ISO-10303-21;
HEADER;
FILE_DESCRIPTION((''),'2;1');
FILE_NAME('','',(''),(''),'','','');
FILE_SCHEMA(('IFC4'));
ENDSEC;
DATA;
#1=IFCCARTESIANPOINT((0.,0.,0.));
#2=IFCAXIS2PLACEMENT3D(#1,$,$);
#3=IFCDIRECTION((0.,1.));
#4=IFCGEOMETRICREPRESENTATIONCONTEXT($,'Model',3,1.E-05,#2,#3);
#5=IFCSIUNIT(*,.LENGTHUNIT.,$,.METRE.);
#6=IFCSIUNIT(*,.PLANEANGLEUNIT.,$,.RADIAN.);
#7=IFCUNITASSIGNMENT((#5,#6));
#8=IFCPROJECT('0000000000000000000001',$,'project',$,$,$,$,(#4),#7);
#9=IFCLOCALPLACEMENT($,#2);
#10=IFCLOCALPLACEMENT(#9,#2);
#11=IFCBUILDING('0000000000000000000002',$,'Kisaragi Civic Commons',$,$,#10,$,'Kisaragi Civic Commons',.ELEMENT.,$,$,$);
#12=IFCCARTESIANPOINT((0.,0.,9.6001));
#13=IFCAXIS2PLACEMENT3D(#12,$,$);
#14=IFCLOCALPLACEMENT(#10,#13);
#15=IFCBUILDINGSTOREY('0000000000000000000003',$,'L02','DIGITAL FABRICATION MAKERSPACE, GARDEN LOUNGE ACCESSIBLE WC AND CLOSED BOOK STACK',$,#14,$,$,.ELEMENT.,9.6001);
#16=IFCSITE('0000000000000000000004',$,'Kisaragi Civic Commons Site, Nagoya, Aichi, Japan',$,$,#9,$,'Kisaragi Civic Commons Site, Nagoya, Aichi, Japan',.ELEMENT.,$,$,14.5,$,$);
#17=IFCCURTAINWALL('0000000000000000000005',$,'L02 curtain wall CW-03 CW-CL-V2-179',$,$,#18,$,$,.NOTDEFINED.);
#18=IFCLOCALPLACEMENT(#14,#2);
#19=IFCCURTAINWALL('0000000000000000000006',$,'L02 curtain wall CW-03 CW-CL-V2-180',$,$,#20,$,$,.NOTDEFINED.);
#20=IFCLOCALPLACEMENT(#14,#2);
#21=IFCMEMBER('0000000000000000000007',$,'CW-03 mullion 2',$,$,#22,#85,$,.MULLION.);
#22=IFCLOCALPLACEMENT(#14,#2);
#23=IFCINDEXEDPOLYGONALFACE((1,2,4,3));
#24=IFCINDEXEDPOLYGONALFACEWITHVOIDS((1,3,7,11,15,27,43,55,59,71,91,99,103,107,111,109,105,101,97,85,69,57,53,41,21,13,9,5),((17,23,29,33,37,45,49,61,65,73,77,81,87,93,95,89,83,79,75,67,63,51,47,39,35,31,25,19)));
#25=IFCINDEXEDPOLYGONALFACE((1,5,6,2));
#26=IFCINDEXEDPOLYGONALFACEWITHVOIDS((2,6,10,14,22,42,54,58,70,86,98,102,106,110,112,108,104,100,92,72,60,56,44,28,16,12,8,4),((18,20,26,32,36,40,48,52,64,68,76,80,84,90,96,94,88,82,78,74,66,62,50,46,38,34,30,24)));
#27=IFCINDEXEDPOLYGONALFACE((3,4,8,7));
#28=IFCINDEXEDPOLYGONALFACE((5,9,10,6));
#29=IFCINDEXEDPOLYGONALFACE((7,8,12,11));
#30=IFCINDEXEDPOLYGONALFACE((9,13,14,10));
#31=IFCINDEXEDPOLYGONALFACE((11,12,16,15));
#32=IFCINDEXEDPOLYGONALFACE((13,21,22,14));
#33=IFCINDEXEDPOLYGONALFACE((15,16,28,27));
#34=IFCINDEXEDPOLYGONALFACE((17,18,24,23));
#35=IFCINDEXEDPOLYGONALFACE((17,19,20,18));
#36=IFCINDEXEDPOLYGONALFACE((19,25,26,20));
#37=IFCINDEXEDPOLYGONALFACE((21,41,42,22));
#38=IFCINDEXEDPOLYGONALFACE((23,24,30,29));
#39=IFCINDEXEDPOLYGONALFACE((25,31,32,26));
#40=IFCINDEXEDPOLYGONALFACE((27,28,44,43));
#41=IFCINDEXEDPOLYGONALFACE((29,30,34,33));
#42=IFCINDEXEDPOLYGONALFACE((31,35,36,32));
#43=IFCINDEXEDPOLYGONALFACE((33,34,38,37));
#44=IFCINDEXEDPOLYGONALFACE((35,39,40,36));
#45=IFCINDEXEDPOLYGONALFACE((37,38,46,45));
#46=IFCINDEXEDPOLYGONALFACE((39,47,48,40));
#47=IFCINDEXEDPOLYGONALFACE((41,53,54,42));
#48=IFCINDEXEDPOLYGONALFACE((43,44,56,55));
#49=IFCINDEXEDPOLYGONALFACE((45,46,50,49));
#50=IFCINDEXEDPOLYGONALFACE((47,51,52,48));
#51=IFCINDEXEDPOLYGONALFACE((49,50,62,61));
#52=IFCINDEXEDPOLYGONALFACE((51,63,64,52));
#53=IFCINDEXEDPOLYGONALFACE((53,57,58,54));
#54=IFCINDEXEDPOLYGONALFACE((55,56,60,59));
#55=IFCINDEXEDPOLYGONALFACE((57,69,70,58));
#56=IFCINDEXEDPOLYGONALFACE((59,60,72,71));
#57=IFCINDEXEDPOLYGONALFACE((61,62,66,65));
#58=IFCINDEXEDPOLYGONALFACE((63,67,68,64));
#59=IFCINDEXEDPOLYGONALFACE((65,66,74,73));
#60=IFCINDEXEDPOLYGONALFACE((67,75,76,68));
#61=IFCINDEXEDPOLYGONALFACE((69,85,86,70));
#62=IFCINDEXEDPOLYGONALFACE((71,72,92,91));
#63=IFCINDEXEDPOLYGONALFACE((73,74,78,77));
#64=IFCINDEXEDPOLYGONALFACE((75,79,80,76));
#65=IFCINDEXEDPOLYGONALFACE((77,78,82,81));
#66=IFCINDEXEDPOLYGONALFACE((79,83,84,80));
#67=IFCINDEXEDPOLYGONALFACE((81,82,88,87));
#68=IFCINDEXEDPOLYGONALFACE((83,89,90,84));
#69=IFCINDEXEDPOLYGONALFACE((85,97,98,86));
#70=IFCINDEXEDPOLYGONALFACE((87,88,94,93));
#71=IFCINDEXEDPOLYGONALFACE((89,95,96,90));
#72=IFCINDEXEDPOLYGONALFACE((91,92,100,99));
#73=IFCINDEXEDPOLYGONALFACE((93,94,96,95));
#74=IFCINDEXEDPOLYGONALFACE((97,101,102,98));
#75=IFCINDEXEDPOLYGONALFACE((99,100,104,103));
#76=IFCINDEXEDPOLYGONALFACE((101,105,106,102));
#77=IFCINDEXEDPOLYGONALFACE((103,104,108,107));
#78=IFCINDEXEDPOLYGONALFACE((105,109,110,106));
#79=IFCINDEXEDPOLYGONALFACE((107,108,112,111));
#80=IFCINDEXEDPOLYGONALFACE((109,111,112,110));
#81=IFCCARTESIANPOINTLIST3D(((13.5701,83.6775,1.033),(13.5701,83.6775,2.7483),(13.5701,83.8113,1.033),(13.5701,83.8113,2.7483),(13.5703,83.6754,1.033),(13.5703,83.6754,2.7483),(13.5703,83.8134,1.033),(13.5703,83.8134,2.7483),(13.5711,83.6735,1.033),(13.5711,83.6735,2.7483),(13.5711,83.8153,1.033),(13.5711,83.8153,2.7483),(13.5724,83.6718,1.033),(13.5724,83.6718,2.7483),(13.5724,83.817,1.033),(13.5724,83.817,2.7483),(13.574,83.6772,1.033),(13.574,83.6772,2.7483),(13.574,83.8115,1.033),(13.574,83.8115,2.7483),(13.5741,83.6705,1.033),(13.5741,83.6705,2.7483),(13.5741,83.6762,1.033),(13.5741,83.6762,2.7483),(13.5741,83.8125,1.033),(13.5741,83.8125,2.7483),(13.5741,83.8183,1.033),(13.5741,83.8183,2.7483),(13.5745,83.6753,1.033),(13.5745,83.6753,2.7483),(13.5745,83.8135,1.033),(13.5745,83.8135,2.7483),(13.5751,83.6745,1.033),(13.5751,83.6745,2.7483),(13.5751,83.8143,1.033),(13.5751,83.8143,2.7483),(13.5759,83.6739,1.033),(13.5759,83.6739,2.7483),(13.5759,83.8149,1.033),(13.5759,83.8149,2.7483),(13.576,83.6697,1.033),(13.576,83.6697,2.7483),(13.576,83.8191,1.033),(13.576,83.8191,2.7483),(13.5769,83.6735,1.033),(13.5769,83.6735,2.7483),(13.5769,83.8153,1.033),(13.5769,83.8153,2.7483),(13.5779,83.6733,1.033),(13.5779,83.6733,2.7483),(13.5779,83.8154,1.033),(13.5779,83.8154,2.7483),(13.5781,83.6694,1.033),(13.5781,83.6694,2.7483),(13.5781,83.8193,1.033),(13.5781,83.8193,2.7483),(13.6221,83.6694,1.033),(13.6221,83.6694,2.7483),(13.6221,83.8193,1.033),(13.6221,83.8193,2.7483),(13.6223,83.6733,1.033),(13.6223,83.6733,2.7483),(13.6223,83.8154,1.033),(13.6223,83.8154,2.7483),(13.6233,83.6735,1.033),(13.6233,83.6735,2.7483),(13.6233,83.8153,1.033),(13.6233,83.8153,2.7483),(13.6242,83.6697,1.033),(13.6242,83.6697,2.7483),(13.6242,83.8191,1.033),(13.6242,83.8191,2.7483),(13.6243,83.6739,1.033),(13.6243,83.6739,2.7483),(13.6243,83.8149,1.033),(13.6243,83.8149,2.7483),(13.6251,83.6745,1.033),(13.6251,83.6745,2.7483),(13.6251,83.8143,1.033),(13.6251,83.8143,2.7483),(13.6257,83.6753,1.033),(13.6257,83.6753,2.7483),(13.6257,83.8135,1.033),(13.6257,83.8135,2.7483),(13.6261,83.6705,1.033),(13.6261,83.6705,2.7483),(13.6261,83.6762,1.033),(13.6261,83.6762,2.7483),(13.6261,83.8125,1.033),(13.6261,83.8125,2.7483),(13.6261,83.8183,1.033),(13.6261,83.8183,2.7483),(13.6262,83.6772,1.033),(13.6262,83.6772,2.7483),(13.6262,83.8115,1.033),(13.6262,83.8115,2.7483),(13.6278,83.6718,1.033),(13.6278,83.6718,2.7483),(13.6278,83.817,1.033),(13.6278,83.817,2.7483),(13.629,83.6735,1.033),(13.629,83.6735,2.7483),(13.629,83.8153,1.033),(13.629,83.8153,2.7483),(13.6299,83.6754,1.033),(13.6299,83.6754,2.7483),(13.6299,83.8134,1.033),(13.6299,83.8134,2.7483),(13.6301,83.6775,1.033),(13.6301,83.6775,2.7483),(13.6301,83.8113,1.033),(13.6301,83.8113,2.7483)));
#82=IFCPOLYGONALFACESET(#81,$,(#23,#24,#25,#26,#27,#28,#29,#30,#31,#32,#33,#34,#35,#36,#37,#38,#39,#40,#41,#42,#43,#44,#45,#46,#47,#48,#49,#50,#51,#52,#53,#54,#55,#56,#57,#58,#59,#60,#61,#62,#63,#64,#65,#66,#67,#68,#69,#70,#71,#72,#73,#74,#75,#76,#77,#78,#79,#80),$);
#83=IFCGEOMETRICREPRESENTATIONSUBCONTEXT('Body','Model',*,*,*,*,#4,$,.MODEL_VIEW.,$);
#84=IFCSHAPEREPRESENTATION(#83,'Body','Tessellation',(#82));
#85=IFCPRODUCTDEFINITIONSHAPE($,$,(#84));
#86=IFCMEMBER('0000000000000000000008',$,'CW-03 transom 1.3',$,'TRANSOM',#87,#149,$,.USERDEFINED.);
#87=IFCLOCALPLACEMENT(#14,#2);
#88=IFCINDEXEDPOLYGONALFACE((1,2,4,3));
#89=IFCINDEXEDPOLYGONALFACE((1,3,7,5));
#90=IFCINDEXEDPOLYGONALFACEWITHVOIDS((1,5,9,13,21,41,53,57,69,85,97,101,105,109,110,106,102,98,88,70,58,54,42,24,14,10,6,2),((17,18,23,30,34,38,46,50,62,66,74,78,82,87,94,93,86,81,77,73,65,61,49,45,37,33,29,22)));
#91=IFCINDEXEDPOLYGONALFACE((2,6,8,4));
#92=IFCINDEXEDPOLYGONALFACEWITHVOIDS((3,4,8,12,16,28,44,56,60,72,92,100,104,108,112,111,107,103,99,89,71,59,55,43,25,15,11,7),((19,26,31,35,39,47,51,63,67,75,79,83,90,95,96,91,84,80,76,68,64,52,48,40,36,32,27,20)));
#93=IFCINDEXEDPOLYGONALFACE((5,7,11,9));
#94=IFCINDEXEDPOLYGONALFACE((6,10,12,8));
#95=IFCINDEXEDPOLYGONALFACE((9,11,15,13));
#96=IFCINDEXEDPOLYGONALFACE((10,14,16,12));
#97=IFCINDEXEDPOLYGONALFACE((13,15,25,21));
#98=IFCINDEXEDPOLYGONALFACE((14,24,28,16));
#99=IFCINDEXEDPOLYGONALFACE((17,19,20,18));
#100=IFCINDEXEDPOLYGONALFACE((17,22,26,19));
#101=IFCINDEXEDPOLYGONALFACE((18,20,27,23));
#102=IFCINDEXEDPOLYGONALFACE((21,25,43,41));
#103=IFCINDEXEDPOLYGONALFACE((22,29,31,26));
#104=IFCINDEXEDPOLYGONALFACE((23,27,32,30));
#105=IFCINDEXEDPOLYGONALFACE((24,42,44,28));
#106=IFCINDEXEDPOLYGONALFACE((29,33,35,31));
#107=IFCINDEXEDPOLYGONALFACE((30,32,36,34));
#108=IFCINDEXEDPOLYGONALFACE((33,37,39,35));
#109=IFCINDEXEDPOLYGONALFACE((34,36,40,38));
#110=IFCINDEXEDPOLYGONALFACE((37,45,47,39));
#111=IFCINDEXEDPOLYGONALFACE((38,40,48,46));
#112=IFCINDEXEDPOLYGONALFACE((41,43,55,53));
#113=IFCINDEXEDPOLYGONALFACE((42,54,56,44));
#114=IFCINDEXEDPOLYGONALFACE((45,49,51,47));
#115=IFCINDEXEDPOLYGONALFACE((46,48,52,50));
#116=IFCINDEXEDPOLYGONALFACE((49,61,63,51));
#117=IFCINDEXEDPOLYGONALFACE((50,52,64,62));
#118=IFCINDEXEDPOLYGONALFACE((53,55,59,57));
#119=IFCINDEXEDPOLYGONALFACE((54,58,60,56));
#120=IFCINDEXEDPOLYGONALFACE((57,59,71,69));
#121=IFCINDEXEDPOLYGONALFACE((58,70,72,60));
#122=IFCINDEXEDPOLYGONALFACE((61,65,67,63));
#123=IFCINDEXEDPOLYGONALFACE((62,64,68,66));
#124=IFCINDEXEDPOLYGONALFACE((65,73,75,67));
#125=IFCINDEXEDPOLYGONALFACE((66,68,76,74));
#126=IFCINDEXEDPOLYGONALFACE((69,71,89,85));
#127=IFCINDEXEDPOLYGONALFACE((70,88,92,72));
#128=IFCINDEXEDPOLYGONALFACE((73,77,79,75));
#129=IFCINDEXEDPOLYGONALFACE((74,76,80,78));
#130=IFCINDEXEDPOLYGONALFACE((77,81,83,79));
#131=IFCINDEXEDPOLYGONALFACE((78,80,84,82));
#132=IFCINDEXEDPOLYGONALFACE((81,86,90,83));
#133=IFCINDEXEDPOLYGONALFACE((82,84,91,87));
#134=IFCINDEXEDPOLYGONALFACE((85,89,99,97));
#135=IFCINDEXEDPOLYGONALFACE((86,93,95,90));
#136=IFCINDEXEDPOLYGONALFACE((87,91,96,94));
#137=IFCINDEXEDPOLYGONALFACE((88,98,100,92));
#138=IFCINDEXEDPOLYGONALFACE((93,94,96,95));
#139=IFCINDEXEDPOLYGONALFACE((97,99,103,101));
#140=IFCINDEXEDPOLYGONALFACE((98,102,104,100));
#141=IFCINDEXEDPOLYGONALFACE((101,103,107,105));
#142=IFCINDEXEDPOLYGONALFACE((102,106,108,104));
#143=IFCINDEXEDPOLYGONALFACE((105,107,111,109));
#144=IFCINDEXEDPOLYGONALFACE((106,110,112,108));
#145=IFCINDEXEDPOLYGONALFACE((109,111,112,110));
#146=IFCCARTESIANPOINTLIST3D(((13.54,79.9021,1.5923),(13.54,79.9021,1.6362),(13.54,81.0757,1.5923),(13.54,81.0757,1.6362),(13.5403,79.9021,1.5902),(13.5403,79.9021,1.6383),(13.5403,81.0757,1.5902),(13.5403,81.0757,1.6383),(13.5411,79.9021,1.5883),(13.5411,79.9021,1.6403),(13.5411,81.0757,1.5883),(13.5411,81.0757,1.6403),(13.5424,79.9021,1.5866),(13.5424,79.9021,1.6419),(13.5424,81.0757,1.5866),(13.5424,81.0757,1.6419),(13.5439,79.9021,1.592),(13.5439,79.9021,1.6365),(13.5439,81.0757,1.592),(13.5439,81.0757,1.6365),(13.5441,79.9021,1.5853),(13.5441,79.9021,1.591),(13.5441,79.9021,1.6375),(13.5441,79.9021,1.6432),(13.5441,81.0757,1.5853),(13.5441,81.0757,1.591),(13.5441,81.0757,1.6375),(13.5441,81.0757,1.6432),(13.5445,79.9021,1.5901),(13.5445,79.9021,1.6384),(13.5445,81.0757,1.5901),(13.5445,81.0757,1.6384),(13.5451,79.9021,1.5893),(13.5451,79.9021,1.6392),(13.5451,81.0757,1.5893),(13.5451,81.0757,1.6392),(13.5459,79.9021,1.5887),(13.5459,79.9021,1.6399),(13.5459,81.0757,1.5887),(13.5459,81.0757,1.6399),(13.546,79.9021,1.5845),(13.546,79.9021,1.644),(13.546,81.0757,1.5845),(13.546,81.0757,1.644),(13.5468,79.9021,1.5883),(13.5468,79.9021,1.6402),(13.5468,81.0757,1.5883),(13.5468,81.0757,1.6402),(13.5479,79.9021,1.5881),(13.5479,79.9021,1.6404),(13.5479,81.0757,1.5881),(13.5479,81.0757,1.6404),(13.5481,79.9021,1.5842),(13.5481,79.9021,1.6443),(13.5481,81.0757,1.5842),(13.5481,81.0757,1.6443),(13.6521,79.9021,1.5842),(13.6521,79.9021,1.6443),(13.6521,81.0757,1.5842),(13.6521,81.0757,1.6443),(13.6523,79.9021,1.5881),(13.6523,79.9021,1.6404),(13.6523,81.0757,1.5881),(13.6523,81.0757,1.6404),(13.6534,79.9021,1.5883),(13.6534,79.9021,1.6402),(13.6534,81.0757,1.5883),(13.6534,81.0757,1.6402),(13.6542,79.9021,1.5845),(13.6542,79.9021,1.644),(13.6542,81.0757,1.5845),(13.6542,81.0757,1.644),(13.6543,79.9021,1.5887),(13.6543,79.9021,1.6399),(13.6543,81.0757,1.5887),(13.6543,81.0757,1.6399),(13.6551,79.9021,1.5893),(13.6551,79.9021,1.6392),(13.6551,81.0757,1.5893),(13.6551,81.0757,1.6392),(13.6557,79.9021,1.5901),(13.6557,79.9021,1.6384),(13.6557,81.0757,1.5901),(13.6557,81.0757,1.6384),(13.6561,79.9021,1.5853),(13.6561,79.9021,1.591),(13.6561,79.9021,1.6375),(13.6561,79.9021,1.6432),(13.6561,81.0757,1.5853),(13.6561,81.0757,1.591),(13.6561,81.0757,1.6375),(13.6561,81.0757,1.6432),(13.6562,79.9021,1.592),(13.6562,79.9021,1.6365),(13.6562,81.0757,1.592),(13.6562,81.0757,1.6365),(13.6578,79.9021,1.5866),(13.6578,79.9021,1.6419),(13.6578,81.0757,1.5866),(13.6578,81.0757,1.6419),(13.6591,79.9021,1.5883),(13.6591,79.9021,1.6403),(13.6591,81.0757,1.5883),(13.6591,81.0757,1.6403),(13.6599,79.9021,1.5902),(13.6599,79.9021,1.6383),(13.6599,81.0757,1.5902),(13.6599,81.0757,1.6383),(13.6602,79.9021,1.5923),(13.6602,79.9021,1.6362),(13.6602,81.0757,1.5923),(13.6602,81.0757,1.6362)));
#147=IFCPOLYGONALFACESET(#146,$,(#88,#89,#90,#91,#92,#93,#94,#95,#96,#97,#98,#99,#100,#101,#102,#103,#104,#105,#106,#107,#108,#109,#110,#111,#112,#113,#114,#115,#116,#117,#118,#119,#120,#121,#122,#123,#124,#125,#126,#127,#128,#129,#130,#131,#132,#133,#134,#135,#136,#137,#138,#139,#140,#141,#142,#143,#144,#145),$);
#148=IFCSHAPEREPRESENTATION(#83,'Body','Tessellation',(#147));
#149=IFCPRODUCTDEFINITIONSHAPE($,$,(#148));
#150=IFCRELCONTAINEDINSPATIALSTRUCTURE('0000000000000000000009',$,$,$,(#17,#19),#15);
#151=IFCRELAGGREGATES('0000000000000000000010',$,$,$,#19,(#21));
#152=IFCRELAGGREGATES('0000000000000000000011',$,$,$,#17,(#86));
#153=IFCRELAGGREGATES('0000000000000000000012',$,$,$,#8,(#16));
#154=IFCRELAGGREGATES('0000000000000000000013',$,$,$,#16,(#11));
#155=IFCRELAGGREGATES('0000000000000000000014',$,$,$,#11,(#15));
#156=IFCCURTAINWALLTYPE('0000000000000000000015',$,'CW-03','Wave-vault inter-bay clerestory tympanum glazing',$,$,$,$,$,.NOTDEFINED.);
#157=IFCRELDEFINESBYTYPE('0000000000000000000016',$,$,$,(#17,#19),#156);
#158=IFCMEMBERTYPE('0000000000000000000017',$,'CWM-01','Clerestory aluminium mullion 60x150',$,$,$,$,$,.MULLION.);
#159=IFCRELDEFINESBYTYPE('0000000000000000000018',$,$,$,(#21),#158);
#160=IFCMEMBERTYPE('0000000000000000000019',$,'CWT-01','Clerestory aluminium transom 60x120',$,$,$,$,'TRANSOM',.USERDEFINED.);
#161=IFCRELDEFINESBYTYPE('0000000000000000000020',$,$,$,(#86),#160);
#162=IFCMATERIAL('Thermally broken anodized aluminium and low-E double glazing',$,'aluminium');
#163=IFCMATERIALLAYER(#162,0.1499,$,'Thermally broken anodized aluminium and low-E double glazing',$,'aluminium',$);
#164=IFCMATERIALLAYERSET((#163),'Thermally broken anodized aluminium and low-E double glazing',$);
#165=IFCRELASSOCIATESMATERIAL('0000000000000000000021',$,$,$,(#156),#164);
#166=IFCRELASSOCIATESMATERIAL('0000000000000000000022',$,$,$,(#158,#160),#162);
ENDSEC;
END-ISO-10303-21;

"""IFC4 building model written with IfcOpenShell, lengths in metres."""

from ifc_helpers import new_model, si_unit, direction, frame, origin, origin_2d, place, context, subcontext, project, spatial, hollow_rectangle, extrude, material, layer, layer_set, material_profile, profile_set, type_object, element, aggregate, save


model = new_model("IFC4")

# Units and contexts
model_context = context("Model", 3, precision=1e-05, world=origin(), true_north=direction((0.0, 1.0)))
body_context = subcontext(model_context, "Body", "Model", "MODEL_VIEW")
ifc_project = project(units=[si_unit("LENGTHUNIT", "METRE"), si_unit("PLANEANGLEUNIT", "RADIAN")], contexts=[model_context])

# Site, building, storey
site_placement = place(None, origin())
site = spatial("IfcSite", under=ifc_project, at=site_placement, Name="Kisaragi Civic Commons Site, Nagoya, Aichi, Japan", LongName="Kisaragi Civic Commons Site, Nagoya, Aichi, Japan", CompositionType="ELEMENT", RefElevation=14.5)
building_placement = place(site_placement, origin())
building = spatial("IfcBuilding", under=site, at=building_placement, Name="Kisaragi Civic Commons", LongName="Kisaragi Civic Commons", CompositionType="ELEMENT")
storey_placement = place(building_placement, frame((0.0, 0.0, 9.6001)))
storey = spatial("IfcBuildingStorey", under=building, at=storey_placement, Name="L02", Description="DIGITAL FABRICATION MAKERSPACE, GARDEN LOUNGE ACCESSIBLE WC AND CLOSED BOOK STACK", CompositionType="ELEMENT", Elevation=9.6001)

# Curtain wall
ifc_material_1 = material(Name="Thermally broken anodized aluminium and low-E double glazing", Category="aluminium")
ifc_layer_1 = layer(ifc_material_1, 0.1499, Name="Thermally broken anodized aluminium and low-E double glazing", Category="aluminium")
ifc_layer_set_1 = layer_set([ifc_layer_1], Name="Thermally broken anodized aluminium and low-E double glazing")
curtain_wall_type = type_object("IfcCurtainWallType", Name="CW-03", Description="Wave-vault inter-bay clerestory tympanum glazing", PredefinedType="NOTDEFINED", material=ifc_layer_set_1)
curtain_wall_1_placement = place(storey_placement, origin())
curtain_wall_1 = element("IfcCurtainWall", 1, at=curtain_wall_1_placement, inside=storey, type_object=curtain_wall_type, Name="L02 curtain wall CW-03 CW-CL-V2-179", PredefinedType="NOTDEFINED")
ifc_material_profile_1 = material_profile(ifc_material_1, hollow_rectangle(XDim=0.0601, YDim=0.1499, WallThickness=0.0039, InnerFilletRadius=0.0039, OuterFilletRadius=0.0081, at=origin_2d()), Name="CWM-60x150x4", Category="aluminium")
ifc_profile_set_1 = profile_set([ifc_material_profile_1], Name="Thermally broken anodized aluminium and low-E double glazing")
member_type_1 = type_object("IfcMemberType", Name="CWM-01", Description="Clerestory aluminium mullion 60x150", PredefinedType="MULLION", material=ifc_profile_set_1)

# Curtain wall, member
curtain_wall_2_placement = place(storey_placement, origin())
curtain_wall_2 = element("IfcCurtainWall", 2, at=curtain_wall_2_placement, inside=storey, type_object=curtain_wall_type, Name="L02 curtain wall CW-03 CW-CL-V2-180", PredefinedType="NOTDEFINED")
member_1_placement = place(storey_placement, frame((13.6001, 83.7444, 1.033), z_axis=(0.0, 0.0, 1.0), x_axis=(-1.0, 0.0, 0.0)))
member_1 = element("IfcMember", 3, at=member_1_placement, type_object=member_type_1, Name="CW-03 mullion 2", PredefinedType="MULLION", context=body_context, shape_type="SweptSolid", body=[
    extrude(hollow_rectangle(XDim=0.0601, YDim=0.1499, WallThickness=0.0039, InnerFilletRadius=0.0039, OuterFilletRadius=0.0081, at=origin_2d()), origin(), (0.0, 0.0, 1.0), 1.7153),
])

# Member
ifc_material_profile_2 = material_profile(ifc_material_1, hollow_rectangle(XDim=0.1201, YDim=0.0601, WallThickness=0.0039, InnerFilletRadius=0.0039, OuterFilletRadius=0.0081, at=origin_2d()), Name="CWT-60x120x4", Category="aluminium")
ifc_profile_set_2 = profile_set([ifc_material_profile_2], Name="Thermally broken anodized aluminium and low-E double glazing")
member_type_2 = type_object("IfcMemberType", Name="CWT-01", Description="Clerestory aluminium transom 60x120", ElementType="TRANSOM", PredefinedType="USERDEFINED", material=ifc_profile_set_2)
member_2_placement = place(storey_placement, frame((13.6001, 79.9021, 1.6143), z_axis=(0.0, 1.0, 0.0), x_axis=(-1.0, 0.0, 0.0)))
member_2 = element("IfcMember", 4, at=member_2_placement, type_object=member_type_2, Name="CW-03 transom 1.3", ObjectType="TRANSOM", PredefinedType="USERDEFINED", context=body_context, shape_type="SweptSolid", body=[
    extrude(hollow_rectangle(XDim=0.1201, YDim=0.0601, WallThickness=0.0039, InnerFilletRadius=0.0039, OuterFilletRadius=0.0081, at=origin_2d()), origin(), (0.0, 0.0, 1.0), 1.1736),
])

aggregate(curtain_wall_2, [member_1])
aggregate(curtain_wall_1, [member_2])

save(model, "model.ifc")
